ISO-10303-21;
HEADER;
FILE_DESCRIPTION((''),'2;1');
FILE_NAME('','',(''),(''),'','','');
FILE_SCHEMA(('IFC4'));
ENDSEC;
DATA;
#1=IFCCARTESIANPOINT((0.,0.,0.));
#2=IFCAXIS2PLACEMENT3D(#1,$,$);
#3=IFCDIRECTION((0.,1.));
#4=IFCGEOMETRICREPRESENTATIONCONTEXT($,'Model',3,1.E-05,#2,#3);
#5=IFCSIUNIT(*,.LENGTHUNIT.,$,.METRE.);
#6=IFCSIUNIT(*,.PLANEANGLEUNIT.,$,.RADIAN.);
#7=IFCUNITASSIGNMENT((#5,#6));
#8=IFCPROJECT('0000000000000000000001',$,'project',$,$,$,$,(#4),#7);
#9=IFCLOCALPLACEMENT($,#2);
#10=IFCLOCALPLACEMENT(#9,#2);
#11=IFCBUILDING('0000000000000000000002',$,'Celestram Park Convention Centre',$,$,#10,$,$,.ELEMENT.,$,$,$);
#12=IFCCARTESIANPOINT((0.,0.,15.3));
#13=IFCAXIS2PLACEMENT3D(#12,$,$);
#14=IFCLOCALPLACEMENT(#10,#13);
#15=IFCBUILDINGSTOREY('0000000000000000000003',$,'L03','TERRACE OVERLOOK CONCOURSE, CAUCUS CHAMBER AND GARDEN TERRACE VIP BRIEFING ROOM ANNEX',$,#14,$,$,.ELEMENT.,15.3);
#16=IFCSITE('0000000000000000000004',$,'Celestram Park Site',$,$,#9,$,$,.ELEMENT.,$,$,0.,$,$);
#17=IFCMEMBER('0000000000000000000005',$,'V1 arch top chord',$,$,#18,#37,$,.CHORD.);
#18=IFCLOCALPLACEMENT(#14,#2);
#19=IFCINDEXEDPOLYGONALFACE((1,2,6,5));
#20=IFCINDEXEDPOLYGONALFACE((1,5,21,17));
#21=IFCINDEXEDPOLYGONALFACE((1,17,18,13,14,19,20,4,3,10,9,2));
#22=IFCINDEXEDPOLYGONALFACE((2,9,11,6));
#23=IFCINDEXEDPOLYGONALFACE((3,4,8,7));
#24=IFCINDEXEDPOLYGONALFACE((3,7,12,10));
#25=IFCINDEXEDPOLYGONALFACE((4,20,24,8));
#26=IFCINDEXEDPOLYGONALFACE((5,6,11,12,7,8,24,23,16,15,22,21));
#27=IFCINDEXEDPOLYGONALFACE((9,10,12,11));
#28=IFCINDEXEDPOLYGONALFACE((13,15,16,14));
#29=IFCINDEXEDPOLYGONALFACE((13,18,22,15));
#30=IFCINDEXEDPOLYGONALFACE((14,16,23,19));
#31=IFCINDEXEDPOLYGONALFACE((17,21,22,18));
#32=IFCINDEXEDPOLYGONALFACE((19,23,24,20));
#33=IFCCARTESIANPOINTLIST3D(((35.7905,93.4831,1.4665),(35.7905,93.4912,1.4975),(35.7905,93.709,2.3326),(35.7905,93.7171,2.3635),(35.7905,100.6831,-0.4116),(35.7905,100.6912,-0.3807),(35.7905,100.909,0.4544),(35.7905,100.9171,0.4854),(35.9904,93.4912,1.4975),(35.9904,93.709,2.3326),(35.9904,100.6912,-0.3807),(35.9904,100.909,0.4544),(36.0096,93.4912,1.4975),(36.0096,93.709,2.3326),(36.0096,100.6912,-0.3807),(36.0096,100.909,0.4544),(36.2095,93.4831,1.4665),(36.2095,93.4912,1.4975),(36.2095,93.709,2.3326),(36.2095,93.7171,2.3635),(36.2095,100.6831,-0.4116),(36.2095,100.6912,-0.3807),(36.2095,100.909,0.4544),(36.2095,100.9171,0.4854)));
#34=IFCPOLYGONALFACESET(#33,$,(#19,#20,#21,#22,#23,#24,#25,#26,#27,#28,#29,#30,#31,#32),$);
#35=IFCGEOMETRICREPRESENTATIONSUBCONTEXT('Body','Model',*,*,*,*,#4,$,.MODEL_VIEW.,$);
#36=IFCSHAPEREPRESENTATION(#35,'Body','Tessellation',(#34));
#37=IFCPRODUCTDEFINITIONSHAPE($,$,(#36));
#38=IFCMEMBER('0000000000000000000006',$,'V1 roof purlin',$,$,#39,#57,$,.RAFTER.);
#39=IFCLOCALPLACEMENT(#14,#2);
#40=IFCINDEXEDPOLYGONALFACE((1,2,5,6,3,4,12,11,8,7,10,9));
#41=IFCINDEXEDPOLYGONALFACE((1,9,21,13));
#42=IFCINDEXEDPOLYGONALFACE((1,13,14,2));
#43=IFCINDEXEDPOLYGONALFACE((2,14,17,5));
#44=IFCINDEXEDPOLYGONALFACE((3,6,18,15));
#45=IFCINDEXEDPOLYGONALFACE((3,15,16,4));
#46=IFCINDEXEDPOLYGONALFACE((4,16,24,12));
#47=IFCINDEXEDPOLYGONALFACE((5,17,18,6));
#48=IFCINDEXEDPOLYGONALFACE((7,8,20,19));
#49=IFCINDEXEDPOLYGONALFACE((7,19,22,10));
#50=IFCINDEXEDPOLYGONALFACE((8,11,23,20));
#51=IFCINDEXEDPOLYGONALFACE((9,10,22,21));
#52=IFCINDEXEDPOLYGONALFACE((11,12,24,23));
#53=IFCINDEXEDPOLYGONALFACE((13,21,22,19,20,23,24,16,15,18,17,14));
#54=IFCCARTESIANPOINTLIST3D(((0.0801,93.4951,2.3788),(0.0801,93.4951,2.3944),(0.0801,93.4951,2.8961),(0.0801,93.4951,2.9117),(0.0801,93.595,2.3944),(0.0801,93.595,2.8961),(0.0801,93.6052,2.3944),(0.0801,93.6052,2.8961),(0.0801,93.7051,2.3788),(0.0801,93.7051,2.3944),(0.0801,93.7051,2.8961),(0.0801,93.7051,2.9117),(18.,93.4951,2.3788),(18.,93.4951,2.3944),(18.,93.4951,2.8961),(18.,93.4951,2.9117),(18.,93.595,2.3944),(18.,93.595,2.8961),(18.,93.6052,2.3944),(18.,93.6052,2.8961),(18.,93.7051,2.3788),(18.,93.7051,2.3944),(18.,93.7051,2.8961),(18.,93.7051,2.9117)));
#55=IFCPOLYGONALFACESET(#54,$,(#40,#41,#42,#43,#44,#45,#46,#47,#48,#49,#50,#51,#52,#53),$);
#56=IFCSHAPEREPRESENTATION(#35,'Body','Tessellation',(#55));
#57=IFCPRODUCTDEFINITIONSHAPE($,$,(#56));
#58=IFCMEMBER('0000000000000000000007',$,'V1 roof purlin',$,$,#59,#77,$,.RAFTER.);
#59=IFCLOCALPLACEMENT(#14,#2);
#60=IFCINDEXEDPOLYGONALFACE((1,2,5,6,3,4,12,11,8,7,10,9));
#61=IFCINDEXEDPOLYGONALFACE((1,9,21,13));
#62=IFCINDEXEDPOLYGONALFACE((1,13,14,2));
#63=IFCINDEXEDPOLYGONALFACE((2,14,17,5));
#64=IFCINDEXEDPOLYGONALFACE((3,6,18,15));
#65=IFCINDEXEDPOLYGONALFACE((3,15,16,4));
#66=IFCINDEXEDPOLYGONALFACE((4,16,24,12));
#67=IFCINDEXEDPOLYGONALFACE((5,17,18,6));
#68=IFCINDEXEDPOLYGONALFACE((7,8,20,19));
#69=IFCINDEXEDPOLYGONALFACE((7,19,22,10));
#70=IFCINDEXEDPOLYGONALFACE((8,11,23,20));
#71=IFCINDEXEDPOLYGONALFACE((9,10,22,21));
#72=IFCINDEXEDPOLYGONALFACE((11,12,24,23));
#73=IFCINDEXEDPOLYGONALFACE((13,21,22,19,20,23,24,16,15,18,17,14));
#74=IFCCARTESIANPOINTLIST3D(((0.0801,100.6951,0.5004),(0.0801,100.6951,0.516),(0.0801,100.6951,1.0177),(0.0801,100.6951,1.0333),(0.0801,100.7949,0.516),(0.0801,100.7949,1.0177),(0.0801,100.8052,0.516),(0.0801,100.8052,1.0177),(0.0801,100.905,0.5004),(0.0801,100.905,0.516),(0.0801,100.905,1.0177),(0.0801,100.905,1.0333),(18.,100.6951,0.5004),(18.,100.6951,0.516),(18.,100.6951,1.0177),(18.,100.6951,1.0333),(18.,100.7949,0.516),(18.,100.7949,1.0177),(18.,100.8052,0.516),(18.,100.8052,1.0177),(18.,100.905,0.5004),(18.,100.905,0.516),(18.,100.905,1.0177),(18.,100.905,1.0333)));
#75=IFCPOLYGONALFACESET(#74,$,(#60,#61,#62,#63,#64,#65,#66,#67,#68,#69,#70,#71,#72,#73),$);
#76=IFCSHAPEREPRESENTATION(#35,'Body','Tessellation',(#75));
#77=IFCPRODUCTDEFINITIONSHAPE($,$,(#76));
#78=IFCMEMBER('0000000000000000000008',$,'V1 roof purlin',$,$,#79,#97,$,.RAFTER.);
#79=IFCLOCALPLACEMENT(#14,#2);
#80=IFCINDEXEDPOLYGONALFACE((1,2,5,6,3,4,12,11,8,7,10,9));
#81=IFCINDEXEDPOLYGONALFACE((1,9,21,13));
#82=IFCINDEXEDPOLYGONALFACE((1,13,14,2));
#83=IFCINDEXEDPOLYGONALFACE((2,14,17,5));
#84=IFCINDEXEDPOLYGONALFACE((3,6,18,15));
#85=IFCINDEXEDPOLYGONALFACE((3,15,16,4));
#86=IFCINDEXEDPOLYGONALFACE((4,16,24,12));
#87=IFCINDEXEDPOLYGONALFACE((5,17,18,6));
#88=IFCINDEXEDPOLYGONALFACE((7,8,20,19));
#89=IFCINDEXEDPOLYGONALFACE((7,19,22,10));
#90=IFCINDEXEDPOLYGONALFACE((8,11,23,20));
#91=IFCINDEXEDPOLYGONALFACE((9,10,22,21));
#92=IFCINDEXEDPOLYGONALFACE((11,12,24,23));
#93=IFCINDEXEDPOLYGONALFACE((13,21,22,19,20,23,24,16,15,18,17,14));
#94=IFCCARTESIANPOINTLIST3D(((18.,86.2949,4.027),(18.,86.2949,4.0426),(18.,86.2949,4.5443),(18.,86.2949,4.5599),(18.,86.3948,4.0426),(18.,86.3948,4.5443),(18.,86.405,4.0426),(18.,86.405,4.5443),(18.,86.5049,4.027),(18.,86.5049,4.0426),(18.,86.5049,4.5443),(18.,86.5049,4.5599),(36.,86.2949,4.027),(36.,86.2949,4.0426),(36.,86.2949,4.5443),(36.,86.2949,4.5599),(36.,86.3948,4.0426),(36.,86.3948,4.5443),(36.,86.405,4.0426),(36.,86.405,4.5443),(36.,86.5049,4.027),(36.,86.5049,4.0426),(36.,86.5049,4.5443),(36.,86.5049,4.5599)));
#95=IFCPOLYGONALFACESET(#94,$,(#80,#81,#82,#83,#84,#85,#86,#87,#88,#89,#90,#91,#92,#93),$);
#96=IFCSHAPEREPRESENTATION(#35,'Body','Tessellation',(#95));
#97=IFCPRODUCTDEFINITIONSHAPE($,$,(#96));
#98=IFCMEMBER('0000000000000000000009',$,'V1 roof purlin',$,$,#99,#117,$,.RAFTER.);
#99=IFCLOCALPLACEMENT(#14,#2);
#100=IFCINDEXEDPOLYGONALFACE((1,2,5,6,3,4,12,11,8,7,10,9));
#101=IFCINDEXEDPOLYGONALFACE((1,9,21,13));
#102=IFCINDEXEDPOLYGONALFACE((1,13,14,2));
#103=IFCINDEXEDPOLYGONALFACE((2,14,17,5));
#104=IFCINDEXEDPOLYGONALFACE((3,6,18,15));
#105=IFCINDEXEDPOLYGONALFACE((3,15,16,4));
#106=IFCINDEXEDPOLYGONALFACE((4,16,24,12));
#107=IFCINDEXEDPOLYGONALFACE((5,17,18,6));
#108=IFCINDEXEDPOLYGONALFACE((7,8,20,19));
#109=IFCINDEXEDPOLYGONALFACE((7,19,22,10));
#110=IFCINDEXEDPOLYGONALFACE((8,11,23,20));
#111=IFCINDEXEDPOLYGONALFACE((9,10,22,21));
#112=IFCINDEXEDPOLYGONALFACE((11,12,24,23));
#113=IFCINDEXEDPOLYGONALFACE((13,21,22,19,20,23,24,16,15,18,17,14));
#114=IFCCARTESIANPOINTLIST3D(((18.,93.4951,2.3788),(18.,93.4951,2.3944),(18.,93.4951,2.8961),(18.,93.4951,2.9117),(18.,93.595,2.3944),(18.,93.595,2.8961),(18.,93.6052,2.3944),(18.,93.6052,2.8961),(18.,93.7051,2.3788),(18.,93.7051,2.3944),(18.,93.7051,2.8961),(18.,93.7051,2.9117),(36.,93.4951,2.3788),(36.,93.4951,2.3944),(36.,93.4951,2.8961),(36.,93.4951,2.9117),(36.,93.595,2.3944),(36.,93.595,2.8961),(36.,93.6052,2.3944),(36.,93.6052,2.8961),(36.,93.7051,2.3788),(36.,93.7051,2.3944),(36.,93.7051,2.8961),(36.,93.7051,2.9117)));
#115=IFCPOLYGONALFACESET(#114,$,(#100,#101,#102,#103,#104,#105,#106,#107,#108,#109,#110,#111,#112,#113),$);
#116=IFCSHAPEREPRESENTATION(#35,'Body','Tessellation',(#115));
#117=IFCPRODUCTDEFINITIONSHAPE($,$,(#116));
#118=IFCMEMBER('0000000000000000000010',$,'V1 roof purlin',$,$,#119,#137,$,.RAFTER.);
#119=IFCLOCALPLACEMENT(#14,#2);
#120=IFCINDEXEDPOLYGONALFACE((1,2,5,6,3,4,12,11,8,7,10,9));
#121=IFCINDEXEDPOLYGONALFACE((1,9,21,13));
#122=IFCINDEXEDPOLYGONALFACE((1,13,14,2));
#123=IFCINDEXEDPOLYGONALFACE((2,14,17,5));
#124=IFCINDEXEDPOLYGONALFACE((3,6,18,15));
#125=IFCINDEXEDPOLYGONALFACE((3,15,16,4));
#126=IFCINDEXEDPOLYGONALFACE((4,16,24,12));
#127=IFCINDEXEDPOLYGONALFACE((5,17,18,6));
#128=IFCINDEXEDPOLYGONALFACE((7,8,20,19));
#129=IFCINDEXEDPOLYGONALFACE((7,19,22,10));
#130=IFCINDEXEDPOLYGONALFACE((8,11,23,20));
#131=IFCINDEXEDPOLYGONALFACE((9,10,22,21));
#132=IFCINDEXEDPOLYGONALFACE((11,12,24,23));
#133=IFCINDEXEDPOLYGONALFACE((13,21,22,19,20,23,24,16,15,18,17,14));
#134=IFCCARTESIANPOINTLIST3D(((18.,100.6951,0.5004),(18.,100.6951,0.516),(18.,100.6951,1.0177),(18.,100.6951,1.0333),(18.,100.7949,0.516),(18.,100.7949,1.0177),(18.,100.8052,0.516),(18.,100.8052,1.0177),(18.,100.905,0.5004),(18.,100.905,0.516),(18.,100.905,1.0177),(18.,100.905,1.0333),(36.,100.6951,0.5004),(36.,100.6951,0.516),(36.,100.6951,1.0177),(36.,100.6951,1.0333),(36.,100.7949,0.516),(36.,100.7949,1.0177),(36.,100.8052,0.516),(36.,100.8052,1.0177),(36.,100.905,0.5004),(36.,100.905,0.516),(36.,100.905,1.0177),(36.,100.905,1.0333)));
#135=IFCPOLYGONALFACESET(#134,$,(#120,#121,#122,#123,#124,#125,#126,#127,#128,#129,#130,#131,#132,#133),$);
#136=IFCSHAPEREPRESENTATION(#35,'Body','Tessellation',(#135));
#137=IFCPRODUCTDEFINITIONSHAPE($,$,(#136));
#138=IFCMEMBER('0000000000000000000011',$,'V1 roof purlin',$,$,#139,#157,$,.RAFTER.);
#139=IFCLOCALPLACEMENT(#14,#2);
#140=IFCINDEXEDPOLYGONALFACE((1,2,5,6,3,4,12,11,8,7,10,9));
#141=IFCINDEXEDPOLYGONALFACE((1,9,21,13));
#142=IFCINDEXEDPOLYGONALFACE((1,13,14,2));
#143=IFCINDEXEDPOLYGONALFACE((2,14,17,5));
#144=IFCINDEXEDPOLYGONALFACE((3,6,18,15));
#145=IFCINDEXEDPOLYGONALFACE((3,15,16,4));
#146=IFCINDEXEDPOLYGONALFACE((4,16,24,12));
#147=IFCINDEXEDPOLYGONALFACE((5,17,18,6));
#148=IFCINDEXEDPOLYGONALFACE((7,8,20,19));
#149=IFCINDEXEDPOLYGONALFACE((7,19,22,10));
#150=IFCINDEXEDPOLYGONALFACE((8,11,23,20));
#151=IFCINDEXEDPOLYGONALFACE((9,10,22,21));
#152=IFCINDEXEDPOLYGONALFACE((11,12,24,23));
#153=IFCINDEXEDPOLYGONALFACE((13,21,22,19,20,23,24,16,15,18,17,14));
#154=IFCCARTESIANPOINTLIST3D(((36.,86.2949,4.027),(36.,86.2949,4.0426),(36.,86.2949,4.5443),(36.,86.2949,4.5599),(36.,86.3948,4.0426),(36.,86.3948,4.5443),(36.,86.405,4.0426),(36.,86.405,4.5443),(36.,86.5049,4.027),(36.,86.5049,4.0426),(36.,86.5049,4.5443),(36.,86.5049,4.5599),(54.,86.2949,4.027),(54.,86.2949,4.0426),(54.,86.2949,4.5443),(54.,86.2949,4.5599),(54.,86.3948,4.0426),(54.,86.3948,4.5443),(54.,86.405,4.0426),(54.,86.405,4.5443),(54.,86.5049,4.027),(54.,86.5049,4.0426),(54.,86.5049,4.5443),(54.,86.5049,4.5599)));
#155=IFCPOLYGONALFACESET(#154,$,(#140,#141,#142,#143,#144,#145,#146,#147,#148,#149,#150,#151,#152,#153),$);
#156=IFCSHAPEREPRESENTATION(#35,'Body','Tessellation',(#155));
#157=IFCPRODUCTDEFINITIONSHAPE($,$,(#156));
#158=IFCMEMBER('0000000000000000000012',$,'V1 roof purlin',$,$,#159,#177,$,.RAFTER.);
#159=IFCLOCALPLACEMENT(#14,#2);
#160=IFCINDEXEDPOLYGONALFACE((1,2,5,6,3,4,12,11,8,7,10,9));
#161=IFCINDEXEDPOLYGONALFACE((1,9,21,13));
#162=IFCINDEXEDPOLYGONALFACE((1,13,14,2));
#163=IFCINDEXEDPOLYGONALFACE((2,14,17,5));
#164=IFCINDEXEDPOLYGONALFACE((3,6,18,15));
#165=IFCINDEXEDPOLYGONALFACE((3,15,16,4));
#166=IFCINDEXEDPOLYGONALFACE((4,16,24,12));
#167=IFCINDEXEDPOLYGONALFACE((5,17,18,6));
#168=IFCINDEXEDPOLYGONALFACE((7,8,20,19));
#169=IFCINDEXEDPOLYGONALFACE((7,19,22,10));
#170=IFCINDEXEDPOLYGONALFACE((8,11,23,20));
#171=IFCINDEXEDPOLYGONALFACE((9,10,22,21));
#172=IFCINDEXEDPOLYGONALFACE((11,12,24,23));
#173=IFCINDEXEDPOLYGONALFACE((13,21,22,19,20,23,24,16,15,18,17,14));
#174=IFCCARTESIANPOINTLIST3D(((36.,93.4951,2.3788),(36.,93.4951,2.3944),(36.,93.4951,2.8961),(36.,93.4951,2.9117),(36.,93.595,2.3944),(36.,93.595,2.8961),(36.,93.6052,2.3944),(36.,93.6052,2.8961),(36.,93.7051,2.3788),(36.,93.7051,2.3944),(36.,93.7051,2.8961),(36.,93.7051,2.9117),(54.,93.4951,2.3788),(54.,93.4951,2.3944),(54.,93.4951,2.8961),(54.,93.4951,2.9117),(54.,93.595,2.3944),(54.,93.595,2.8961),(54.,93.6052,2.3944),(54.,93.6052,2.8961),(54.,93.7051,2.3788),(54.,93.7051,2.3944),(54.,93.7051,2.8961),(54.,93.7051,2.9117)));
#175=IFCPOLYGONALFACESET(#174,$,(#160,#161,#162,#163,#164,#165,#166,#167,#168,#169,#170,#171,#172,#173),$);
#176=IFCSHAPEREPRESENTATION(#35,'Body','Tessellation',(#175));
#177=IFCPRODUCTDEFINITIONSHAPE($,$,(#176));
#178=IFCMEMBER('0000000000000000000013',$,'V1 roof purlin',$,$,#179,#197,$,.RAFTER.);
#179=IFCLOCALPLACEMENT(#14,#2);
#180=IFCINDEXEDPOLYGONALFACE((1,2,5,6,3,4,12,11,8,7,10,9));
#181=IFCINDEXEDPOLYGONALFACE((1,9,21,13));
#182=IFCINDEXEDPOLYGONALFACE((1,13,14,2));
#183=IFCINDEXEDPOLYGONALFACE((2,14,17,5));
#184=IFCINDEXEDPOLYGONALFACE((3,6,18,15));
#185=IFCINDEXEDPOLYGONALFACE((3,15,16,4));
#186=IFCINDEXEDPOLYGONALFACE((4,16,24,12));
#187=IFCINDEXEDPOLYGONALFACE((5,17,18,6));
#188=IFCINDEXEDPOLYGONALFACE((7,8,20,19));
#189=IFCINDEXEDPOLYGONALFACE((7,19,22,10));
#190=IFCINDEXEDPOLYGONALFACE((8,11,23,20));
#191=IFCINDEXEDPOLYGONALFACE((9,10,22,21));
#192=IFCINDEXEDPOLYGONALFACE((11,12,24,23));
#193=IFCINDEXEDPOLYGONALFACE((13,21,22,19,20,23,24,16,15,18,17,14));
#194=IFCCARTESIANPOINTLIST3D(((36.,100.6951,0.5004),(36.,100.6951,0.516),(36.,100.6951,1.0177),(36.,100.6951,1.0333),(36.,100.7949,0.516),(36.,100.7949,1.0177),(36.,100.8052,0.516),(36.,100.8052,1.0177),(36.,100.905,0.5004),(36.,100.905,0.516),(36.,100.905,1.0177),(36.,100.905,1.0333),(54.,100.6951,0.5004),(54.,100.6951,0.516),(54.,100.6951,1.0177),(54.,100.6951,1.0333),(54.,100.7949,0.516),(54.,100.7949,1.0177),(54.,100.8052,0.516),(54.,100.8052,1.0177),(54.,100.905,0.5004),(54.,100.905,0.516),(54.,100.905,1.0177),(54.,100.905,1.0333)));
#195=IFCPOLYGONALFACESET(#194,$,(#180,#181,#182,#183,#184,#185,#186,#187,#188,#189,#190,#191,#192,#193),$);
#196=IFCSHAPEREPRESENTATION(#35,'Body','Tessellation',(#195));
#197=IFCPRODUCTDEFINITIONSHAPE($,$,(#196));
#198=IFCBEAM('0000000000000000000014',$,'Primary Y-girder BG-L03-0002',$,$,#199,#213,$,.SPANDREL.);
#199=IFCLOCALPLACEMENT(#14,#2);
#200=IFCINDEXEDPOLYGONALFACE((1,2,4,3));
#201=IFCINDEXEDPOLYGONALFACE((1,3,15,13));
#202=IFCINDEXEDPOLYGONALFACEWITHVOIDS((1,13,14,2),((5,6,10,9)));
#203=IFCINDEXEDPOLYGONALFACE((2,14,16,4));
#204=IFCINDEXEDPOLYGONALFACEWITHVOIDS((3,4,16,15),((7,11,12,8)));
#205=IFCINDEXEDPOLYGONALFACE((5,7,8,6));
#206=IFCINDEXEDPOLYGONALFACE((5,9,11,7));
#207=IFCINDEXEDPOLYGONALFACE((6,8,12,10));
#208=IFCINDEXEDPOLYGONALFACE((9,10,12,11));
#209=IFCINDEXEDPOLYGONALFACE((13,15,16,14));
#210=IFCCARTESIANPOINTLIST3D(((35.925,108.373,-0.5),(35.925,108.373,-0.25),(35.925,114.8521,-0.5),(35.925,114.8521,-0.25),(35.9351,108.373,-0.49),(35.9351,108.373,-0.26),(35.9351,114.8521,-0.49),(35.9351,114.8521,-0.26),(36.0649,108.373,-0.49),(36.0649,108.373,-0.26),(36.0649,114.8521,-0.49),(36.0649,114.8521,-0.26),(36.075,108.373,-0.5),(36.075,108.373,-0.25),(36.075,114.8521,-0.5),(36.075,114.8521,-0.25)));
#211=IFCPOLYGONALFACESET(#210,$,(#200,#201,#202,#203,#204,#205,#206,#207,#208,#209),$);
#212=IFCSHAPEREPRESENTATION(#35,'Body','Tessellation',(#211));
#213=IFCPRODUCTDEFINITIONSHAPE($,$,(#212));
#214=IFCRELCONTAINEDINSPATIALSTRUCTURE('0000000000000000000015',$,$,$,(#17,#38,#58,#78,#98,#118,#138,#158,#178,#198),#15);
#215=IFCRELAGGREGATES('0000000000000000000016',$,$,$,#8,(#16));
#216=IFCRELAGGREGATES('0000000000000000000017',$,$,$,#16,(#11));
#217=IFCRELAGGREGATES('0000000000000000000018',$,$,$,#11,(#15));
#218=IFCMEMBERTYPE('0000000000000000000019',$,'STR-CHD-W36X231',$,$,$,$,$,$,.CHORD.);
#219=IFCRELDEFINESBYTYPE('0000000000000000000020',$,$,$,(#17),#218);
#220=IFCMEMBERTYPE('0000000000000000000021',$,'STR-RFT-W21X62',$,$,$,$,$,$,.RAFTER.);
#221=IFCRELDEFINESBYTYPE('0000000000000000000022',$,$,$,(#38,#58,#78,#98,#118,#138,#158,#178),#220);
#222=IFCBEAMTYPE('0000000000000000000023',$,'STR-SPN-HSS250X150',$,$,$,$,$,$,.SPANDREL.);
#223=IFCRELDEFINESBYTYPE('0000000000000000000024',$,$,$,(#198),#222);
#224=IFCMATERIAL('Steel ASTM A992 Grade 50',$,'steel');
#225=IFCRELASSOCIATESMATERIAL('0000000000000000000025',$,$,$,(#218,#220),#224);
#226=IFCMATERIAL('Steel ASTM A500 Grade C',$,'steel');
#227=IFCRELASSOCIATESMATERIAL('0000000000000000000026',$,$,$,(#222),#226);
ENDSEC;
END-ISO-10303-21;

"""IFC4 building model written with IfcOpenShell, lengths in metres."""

from ifc_helpers import new_model, si_unit, direction, frame, origin, origin_2d, place, context, subcontext, project, spatial, hollow_rectangle, i_section, extrude, material, material_profile, profile_set, type_object, element, save


model = new_model("IFC4")

# Units and contexts
model_context = context("Model", 3, precision=1e-05, world=origin(), true_north=direction((0.0, 1.0)))
body_context = subcontext(model_context, "Body", "Model", "MODEL_VIEW")
ifc_project = project(units=[si_unit("LENGTHUNIT", "METRE"), si_unit("PLANEANGLEUNIT", "RADIAN")], contexts=[model_context])

# Site, building, storey
site_placement = place(None, origin())
site = spatial("IfcSite", under=ifc_project, at=site_placement, Name="Celestram Park Site", CompositionType="ELEMENT", RefElevation=0.0)
building_placement = place(site_placement, origin())
building = spatial("IfcBuilding", under=site, at=building_placement, Name="Celestram Park Convention Centre", CompositionType="ELEMENT")
storey_placement = place(building_placement, frame((0.0, 0.0, 15.3)))
storey = spatial("IfcBuildingStorey", under=building, at=storey_placement, Name="L03", Description="TERRACE OVERLOOK CONCOURSE, CAUCUS CHAMBER AND GARDEN TERRACE VIP BRIEFING ROOM ANNEX", CompositionType="ELEMENT", Elevation=15.3)

# Members
ifc_material_1 = material(Name="Steel ASTM A500 Grade C", Category="steel")
ifc_material_2 = material(Name="Steel ASTM A992 Grade 50", Category="steel")
ifc_material_profile_1 = material_profile(ifc_material_2, i_section(OverallWidth=0.4189, OverallDepth=0.927, WebThickness=0.0193, FlangeThickness=0.032, at=origin_2d()), Name="W36X231")
ifc_profile_set_1 = profile_set([ifc_material_profile_1], Name="Steel ASTM A992 Grade 50")
member_type_1 = type_object("IfcMemberType", Name="STR-CHD-W36X231", PredefinedType="CHORD", material=ifc_profile_set_1)
member_1_placement = place(storey_placement, frame((36.0, 93.6001, 1.915), z_axis=(0.0, 0.96762, -0.252413), x_axis=(-1.0, 0.0, 0.0)))
element("IfcMember", 1, at=member_1_placement, inside=storey, type_object=member_type_1, Name="V1 arch top chord", PredefinedType="CHORD", context=body_context, shape_type="SweptSolid", body=[
    extrude(i_section(OverallWidth=0.4189, OverallDepth=0.927, WebThickness=0.0193, FlangeThickness=0.032, at=origin_2d()), origin(), (0.0, 0.0, 1.0), 7.4409),
])
ifc_material_profile_2 = material_profile(ifc_material_2, i_section(OverallWidth=0.21, OverallDepth=0.533, WebThickness=0.0103, FlangeThickness=0.0156, at=origin_2d()), Name="W21X62")
ifc_profile_set_2 = profile_set([ifc_material_profile_2], Name="Steel ASTM A992 Grade 50")
member_type_2 = type_object("IfcMemberType", Name="STR-RFT-W21X62", PredefinedType="RAFTER", material=ifc_profile_set_2)
for number, where, z_axis, x_axis, name in (
    (2, (0.0801, 93.6001, 2.6453), (1.0, 0.0, 0.0), (0.0, 1.0, 0.0), "V1 roof purlin"),
    (3, (0.0801, 100.8, 0.7668), (1.0, 0.0, 0.0), (0.0, 1.0, 0.0), "V1 roof purlin"),
):
    element("IfcMember", number, at=place(storey_placement, frame(where, z_axis=z_axis, x_axis=x_axis)), inside=storey, type_object=member_type_2, Name=name, PredefinedType="RAFTER", context=body_context, shape_type="SweptSolid", body=[
        extrude(i_section(OverallWidth=0.21, OverallDepth=0.533, WebThickness=0.0103, FlangeThickness=0.0156, at=origin_2d()), origin(), (0.0, 0.0, 1.0), 17.9199),
    ])
for number, where, z_axis, x_axis, name in (
    (4, (18.0, 86.3999, 4.2935), (1.0, 0.0, 0.0), (0.0, 1.0, 0.0), "V1 roof purlin"),
    (5, (18.0, 93.6001, 2.6453), (1.0, 0.0, 0.0), (0.0, 1.0, 0.0), "V1 roof purlin"),
    (6, (18.0, 100.8, 0.7668), (1.0, 0.0, 0.0), (0.0, 1.0, 0.0), "V1 roof purlin"),
    (7, (36.0, 86.3999, 4.2935), (1.0, 0.0, 0.0), (0.0, 1.0, 0.0), "V1 roof purlin"),
    (8, (36.0, 93.6001, 2.6453), (1.0, 0.0, 0.0), (0.0, 1.0, 0.0), "V1 roof purlin"),
    (9, (36.0, 100.8, 0.7668), (1.0, 0.0, 0.0), (0.0, 1.0, 0.0), "V1 roof purlin"),
):
    element("IfcMember", number, at=place(storey_placement, frame(where, z_axis=z_axis, x_axis=x_axis)), inside=storey, type_object=member_type_2, Name=name, PredefinedType="RAFTER", context=body_context, shape_type="SweptSolid", body=[
        extrude(i_section(OverallWidth=0.21, OverallDepth=0.533, WebThickness=0.0103, FlangeThickness=0.0156, at=origin_2d()), origin(), (0.0, 0.0, 1.0), 18.0),
    ])

# Beam
ifc_material_profile_3 = material_profile(ifc_material_1, hollow_rectangle(XDim=0.1499, YDim=0.25, WallThickness=0.01, at=origin_2d()), Name="HSS250X150X10")
ifc_profile_set_3 = profile_set([ifc_material_profile_3], Name="Steel ASTM A500 Grade C")
beam_type = type_object("IfcBeamType", Name="STR-SPN-HSS250X150", PredefinedType="SPANDREL", material=ifc_profile_set_3)
beam_placement = place(storey_placement, frame((36.0, 108.373, -0.375), z_axis=(0.0, 1.0, 0.0), x_axis=(-1.0, 0.0, 0.0)))
element("IfcBeam", 10, at=beam_placement, inside=storey, type_object=beam_type, Name="Primary Y-girder BG-L03-0002", PredefinedType="SPANDREL", context=body_context, shape_type="SweptSolid", body=[
    extrude(hollow_rectangle(XDim=0.1499, YDim=0.25, WallThickness=0.01, at=origin_2d()), origin(), (0.0, 0.0, 1.0), 6.479),
])

save(model, "model.ifc")
